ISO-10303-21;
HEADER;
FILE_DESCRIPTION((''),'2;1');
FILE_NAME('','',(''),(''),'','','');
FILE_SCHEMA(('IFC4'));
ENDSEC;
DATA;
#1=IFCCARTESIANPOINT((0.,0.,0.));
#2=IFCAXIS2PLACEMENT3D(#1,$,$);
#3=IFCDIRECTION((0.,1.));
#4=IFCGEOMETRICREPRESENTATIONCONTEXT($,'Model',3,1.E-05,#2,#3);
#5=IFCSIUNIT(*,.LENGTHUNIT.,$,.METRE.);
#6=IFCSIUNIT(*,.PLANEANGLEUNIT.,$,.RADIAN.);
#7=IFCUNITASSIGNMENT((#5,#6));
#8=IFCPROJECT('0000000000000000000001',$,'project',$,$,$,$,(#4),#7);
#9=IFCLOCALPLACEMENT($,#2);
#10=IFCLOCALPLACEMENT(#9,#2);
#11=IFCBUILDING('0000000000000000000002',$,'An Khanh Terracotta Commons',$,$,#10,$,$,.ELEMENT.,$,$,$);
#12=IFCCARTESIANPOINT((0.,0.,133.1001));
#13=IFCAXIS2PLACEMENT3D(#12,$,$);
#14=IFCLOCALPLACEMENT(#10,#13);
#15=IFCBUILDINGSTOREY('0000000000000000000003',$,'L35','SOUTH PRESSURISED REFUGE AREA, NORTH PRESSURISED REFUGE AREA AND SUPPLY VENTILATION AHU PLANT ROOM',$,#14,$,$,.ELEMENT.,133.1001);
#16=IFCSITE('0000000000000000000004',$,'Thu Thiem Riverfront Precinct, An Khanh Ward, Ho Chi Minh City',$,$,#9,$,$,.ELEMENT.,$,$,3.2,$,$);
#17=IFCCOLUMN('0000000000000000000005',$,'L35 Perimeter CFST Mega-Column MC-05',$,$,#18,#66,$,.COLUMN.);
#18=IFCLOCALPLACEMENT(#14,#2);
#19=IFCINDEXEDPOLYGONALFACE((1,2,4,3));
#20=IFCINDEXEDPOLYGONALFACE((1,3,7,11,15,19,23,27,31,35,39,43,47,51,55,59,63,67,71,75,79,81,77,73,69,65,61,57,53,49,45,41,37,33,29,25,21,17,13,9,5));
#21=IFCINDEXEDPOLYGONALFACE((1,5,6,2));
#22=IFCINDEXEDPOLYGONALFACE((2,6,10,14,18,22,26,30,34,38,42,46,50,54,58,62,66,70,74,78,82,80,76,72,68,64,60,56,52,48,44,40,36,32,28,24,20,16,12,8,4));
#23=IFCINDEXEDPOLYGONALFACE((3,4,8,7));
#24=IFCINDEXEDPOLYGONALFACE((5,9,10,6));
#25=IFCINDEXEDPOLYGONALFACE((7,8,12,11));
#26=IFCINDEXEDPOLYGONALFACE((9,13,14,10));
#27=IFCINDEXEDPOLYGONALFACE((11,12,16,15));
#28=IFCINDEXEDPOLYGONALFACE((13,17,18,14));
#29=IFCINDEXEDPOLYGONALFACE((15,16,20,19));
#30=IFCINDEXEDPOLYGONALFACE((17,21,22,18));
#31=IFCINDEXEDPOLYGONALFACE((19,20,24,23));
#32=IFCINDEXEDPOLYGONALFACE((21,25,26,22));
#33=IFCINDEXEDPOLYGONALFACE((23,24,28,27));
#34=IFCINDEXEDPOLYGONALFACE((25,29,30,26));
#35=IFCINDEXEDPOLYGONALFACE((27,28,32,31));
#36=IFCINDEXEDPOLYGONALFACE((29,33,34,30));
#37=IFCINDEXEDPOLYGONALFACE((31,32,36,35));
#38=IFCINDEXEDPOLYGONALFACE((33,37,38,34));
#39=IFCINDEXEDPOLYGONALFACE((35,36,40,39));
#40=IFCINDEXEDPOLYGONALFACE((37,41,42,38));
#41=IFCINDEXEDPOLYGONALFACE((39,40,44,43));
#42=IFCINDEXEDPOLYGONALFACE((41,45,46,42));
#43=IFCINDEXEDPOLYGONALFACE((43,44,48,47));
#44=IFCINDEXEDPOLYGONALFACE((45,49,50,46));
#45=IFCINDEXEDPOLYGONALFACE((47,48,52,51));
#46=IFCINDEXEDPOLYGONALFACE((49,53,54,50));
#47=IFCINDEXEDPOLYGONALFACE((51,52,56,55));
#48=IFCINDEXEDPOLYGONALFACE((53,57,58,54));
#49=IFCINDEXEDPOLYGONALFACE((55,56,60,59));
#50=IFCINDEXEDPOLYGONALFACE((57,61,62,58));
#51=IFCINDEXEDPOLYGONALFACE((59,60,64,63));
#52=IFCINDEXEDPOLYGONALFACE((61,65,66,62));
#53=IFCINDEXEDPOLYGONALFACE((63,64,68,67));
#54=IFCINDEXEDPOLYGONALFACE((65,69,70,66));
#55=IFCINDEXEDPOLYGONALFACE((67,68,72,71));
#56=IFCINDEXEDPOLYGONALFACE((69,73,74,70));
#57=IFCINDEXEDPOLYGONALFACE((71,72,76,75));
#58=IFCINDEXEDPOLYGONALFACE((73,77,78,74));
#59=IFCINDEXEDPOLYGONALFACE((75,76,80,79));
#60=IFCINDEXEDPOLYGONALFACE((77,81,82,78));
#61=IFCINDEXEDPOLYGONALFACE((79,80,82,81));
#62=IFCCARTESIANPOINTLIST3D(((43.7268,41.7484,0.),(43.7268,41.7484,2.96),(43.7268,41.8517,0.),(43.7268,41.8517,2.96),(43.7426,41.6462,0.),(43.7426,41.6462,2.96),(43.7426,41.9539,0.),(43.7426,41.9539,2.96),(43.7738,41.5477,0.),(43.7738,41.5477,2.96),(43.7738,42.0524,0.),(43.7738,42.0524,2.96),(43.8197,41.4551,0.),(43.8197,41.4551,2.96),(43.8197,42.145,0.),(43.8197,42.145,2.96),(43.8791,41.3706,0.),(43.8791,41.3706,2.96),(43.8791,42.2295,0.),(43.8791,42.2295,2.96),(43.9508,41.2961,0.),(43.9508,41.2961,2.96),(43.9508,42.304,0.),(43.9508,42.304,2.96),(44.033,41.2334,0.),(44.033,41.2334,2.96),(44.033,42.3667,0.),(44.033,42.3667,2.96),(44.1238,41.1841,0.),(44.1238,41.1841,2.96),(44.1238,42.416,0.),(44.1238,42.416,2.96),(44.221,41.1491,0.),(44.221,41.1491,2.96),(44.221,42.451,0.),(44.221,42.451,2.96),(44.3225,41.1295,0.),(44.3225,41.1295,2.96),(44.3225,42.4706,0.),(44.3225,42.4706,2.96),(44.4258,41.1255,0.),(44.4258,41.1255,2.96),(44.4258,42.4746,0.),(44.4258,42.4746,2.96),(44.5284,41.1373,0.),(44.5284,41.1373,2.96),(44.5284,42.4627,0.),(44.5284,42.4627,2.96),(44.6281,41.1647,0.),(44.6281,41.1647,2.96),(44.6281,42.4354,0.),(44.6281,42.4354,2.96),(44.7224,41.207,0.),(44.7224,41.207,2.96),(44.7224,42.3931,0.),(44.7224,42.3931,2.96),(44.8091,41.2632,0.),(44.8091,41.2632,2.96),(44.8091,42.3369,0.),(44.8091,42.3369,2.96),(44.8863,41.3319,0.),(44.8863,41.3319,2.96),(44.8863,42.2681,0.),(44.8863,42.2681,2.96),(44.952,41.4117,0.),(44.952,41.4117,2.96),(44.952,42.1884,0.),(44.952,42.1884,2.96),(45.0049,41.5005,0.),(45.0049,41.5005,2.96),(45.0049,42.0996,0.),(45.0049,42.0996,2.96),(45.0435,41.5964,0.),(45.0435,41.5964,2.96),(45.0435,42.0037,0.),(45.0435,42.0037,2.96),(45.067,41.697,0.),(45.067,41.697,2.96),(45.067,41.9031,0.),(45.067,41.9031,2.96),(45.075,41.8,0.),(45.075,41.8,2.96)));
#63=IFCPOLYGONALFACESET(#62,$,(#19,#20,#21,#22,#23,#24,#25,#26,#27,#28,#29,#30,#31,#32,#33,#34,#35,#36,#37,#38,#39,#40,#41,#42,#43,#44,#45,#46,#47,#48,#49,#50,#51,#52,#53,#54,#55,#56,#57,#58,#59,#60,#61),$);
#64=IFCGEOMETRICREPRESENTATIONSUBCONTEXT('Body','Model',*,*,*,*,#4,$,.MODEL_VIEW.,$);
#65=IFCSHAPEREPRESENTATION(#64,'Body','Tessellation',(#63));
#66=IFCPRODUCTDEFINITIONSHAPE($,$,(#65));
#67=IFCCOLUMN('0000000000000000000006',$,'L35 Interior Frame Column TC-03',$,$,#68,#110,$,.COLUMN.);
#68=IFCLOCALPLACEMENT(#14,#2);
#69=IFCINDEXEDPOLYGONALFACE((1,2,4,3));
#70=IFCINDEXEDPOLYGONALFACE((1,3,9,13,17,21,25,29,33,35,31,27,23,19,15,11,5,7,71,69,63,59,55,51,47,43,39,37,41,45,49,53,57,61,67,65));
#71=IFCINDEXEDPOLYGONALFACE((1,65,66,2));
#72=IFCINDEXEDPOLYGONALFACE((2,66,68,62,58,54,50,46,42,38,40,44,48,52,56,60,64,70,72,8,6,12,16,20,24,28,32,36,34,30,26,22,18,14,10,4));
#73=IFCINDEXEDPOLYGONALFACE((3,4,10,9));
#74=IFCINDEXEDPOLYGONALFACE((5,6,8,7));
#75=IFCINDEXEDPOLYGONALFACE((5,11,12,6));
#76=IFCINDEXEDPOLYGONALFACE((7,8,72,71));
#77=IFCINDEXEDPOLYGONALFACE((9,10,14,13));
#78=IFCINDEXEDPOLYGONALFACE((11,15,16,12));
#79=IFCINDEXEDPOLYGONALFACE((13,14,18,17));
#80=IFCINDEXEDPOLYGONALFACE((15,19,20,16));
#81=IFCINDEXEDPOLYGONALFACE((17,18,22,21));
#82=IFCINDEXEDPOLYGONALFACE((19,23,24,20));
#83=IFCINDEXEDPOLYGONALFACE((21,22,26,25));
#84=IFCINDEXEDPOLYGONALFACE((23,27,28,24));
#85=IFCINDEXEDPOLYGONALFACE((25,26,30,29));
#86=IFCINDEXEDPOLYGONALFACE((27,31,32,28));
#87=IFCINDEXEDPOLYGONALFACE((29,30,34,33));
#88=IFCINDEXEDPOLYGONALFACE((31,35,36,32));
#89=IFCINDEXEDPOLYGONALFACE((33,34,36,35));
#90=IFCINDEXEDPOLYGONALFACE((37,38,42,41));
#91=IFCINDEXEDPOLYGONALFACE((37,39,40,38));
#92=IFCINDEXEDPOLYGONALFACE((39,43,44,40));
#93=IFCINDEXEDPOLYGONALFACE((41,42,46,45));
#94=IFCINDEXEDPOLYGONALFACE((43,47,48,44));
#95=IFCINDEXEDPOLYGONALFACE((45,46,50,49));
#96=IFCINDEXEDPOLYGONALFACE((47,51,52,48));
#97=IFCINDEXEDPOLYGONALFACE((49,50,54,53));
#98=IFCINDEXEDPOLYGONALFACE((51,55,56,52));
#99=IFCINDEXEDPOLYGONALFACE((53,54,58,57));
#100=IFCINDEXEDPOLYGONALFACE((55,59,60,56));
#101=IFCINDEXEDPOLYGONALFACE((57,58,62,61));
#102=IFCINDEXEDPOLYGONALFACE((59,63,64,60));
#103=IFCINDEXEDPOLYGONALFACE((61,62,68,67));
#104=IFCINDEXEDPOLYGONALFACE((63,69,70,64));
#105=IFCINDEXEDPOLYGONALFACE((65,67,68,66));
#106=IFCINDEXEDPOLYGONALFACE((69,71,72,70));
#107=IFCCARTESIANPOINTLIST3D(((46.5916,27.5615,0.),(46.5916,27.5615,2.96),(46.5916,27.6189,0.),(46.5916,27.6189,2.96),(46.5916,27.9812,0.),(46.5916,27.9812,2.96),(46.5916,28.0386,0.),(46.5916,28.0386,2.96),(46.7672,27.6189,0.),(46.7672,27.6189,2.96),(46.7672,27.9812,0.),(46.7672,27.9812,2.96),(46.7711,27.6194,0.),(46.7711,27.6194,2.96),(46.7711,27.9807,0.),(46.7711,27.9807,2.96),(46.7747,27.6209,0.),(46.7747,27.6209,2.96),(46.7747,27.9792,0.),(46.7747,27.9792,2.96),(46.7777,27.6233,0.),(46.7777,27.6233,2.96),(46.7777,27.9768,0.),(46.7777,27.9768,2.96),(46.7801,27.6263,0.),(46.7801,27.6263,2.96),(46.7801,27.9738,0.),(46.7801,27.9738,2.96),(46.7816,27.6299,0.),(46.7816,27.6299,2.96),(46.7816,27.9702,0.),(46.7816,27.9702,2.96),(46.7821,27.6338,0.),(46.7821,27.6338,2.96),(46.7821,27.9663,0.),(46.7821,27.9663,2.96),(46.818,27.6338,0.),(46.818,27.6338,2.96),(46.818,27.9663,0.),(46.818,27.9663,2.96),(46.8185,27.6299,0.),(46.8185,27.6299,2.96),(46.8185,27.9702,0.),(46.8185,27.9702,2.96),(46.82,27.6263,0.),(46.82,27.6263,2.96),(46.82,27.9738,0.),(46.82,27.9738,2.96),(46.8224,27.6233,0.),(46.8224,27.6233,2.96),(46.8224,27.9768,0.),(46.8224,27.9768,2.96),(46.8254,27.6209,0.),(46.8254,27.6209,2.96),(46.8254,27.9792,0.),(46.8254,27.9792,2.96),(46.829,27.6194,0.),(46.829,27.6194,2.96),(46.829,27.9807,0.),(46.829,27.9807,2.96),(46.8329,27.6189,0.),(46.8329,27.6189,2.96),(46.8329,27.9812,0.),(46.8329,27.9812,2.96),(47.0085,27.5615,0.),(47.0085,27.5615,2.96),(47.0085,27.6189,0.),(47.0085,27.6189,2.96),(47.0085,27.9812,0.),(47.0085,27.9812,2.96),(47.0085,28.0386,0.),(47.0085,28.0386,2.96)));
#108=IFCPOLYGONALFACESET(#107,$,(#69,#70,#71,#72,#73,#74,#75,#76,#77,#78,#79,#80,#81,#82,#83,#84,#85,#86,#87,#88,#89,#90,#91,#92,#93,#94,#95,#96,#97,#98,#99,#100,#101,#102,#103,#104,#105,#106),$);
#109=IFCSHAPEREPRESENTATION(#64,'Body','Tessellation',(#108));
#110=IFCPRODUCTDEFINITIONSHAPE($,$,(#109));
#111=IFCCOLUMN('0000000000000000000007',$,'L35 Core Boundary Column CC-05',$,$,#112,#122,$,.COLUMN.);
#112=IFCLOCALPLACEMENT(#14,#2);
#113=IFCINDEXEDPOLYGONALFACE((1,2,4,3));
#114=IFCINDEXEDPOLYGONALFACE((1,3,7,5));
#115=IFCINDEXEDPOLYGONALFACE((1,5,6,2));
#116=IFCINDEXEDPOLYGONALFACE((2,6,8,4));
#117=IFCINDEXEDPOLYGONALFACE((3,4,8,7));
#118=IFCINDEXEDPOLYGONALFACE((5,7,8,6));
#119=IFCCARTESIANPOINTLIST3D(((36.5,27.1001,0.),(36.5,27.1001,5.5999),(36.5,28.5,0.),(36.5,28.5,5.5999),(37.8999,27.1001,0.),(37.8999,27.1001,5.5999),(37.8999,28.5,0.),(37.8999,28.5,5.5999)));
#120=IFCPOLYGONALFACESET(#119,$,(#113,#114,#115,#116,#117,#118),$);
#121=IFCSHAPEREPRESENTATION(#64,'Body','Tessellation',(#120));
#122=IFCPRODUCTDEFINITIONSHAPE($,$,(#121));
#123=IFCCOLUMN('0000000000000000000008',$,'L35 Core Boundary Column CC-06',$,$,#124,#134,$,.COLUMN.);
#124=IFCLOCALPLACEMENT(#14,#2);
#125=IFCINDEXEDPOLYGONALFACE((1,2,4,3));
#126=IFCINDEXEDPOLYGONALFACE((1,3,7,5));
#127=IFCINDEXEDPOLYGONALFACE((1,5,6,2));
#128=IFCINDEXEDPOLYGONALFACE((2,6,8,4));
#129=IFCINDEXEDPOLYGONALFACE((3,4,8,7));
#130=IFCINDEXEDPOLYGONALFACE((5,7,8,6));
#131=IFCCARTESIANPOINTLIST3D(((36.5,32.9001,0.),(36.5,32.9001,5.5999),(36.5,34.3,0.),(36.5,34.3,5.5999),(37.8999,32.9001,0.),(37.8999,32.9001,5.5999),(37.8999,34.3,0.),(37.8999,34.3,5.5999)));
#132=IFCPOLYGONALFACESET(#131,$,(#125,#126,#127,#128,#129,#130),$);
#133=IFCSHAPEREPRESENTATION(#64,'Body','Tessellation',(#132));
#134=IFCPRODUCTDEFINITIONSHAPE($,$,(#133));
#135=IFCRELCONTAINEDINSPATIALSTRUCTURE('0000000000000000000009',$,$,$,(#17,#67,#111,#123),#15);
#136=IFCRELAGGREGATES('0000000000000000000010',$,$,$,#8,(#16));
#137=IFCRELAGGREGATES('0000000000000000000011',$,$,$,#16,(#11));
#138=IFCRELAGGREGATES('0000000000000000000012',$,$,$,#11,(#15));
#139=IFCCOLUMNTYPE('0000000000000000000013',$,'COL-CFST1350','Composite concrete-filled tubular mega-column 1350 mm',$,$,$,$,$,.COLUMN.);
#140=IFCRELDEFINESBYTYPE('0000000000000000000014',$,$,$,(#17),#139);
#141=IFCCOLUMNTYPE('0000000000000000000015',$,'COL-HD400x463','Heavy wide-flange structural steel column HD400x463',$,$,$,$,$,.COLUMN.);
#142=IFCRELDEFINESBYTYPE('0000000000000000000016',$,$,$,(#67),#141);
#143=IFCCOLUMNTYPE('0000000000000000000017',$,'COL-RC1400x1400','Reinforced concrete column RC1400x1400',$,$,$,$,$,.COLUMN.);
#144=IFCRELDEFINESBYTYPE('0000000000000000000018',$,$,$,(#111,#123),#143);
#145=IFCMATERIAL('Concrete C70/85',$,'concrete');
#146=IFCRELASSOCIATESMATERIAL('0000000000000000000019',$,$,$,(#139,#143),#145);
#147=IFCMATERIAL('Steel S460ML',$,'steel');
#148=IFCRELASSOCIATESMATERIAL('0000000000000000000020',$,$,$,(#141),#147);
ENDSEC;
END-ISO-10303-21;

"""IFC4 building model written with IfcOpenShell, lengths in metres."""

from ifc_helpers import new_model, si_unit, direction, frame, origin, origin_2d, place, context, subcontext, project, spatial, rectangle, circle, i_section, extrude, material, material_profile, profile_set, type_object, element, save


model = new_model("IFC4")

# Units and contexts
model_context = context("Model", 3, precision=1e-05, world=origin(), true_north=direction((0.0, 1.0)))
body_context = subcontext(model_context, "Body", "Model", "MODEL_VIEW")
ifc_project = project(units=[si_unit("LENGTHUNIT", "METRE"), si_unit("PLANEANGLEUNIT", "RADIAN")], contexts=[model_context])

# Site, building, storey
site_placement = place(None, origin())
site = spatial("IfcSite", under=ifc_project, at=site_placement, Name="Thu Thiem Riverfront Precinct, An Khanh Ward, Ho Chi Minh City", CompositionType="ELEMENT", RefElevation=3.2)
building_placement = place(site_placement, origin())
building = spatial("IfcBuilding", under=site, at=building_placement, Name="An Khanh Terracotta Commons", CompositionType="ELEMENT")
storey_placement = place(building_placement, frame((0.0, 0.0, 133.1001)))
storey = spatial("IfcBuildingStorey", under=building, at=storey_placement, Name="L35", Description="SOUTH PRESSURISED REFUGE AREA, NORTH PRESSURISED REFUGE AREA AND SUPPLY VENTILATION AHU PLANT ROOM", CompositionType="ELEMENT", Elevation=133.1001)

# Columns
ifc_material_1 = material(Name="Concrete C70/85", Category="concrete")
ifc_material_profile_1 = material_profile(ifc_material_1, circle(Radius=0.675, at=origin_2d()), Name="CFST1350")
ifc_profile_set_1 = profile_set([ifc_material_profile_1], Name="Concrete C70/85")
column_type_1 = type_object("IfcColumnType", Name="COL-CFST1350", Description="Composite concrete-filled tubular mega-column 1350 mm", PredefinedType="COLUMN", material=ifc_profile_set_1)
column_1_placement = place(storey_placement, frame((44.3999, 41.8, 0.0), z_axis=(0.0, 0.0, 1.0), x_axis=(1.0, 0.0, 0.0)))
element("IfcColumn", 1, at=column_1_placement, inside=storey, type_object=column_type_1, Name="L35 Perimeter CFST Mega-Column MC-05", PredefinedType="COLUMN", context=body_context, shape_type="SweptSolid", body=[
    extrude(circle(Radius=0.675, at=origin_2d()), origin(), (0.0, 0.0, 1.0), 2.96),
])
ifc_material_2 = material(Name="Steel S460ML", Category="steel")
ifc_material_profile_2 = material_profile(ifc_material_2, i_section(OverallWidth=0.417, OverallDepth=0.4771, WebThickness=0.0359, FlangeThickness=0.0574, FilletRadius=0.0149, at=origin_2d()), Name="HD400x463")
ifc_profile_set_2 = profile_set([ifc_material_profile_2], Name="Steel S460ML")
column_type_2 = type_object("IfcColumnType", Name="COL-HD400x463", Description="Heavy wide-flange structural steel column HD400x463", PredefinedType="COLUMN", material=ifc_profile_set_2)
column_2_placement = place(storey_placement, frame((46.8, 27.8, 0.0), z_axis=(0.0, 0.0, 1.0), x_axis=(1.0, 0.0, 0.0)))
element("IfcColumn", 2, at=column_2_placement, inside=storey, type_object=column_type_2, Name="L35 Interior Frame Column TC-03", PredefinedType="COLUMN", context=body_context, shape_type="SweptSolid", body=[
    extrude(i_section(OverallWidth=0.417, OverallDepth=0.4771, WebThickness=0.0359, FlangeThickness=0.0574, FilletRadius=0.0149, at=origin_2d()), origin(), (0.0, 0.0, 1.0), 2.96),
])
ifc_material_profile_3 = material_profile(ifc_material_1, rectangle(XDim=1.3999, YDim=1.3999, at=origin_2d()), Name="RC1400x1400")
ifc_profile_set_3 = profile_set([ifc_material_profile_3], Name="Concrete C70/85")
column_type_3 = type_object("IfcColumnType", Name="COL-RC1400x1400", Description="Reinforced concrete column RC1400x1400", PredefinedType="COLUMN", material=ifc_profile_set_3)
for number, where, z_axis, x_axis, name in (
    (3, (37.2, 27.8, 0.0), (0.0, 0.0, 1.0), (1.0, 0.0, 0.0), "L35 Core Boundary Column CC-05"),
    (4, (37.2, 33.6001, 0.0), (0.0, 0.0, 1.0), (1.0, 0.0, 0.0), "L35 Core Boundary Column CC-06"),
):
    element("IfcColumn", number, at=place(storey_placement, frame(where, z_axis=z_axis, x_axis=x_axis)), inside=storey, type_object=column_type_3, Name=name, PredefinedType="COLUMN", context=body_context, shape_type="SweptSolid", body=[
        extrude(rectangle(XDim=1.3999, YDim=1.3999, at=origin_2d()), origin(), (0.0, 0.0, 1.0), 5.5999),
    ])

save(model, "model.ifc")
